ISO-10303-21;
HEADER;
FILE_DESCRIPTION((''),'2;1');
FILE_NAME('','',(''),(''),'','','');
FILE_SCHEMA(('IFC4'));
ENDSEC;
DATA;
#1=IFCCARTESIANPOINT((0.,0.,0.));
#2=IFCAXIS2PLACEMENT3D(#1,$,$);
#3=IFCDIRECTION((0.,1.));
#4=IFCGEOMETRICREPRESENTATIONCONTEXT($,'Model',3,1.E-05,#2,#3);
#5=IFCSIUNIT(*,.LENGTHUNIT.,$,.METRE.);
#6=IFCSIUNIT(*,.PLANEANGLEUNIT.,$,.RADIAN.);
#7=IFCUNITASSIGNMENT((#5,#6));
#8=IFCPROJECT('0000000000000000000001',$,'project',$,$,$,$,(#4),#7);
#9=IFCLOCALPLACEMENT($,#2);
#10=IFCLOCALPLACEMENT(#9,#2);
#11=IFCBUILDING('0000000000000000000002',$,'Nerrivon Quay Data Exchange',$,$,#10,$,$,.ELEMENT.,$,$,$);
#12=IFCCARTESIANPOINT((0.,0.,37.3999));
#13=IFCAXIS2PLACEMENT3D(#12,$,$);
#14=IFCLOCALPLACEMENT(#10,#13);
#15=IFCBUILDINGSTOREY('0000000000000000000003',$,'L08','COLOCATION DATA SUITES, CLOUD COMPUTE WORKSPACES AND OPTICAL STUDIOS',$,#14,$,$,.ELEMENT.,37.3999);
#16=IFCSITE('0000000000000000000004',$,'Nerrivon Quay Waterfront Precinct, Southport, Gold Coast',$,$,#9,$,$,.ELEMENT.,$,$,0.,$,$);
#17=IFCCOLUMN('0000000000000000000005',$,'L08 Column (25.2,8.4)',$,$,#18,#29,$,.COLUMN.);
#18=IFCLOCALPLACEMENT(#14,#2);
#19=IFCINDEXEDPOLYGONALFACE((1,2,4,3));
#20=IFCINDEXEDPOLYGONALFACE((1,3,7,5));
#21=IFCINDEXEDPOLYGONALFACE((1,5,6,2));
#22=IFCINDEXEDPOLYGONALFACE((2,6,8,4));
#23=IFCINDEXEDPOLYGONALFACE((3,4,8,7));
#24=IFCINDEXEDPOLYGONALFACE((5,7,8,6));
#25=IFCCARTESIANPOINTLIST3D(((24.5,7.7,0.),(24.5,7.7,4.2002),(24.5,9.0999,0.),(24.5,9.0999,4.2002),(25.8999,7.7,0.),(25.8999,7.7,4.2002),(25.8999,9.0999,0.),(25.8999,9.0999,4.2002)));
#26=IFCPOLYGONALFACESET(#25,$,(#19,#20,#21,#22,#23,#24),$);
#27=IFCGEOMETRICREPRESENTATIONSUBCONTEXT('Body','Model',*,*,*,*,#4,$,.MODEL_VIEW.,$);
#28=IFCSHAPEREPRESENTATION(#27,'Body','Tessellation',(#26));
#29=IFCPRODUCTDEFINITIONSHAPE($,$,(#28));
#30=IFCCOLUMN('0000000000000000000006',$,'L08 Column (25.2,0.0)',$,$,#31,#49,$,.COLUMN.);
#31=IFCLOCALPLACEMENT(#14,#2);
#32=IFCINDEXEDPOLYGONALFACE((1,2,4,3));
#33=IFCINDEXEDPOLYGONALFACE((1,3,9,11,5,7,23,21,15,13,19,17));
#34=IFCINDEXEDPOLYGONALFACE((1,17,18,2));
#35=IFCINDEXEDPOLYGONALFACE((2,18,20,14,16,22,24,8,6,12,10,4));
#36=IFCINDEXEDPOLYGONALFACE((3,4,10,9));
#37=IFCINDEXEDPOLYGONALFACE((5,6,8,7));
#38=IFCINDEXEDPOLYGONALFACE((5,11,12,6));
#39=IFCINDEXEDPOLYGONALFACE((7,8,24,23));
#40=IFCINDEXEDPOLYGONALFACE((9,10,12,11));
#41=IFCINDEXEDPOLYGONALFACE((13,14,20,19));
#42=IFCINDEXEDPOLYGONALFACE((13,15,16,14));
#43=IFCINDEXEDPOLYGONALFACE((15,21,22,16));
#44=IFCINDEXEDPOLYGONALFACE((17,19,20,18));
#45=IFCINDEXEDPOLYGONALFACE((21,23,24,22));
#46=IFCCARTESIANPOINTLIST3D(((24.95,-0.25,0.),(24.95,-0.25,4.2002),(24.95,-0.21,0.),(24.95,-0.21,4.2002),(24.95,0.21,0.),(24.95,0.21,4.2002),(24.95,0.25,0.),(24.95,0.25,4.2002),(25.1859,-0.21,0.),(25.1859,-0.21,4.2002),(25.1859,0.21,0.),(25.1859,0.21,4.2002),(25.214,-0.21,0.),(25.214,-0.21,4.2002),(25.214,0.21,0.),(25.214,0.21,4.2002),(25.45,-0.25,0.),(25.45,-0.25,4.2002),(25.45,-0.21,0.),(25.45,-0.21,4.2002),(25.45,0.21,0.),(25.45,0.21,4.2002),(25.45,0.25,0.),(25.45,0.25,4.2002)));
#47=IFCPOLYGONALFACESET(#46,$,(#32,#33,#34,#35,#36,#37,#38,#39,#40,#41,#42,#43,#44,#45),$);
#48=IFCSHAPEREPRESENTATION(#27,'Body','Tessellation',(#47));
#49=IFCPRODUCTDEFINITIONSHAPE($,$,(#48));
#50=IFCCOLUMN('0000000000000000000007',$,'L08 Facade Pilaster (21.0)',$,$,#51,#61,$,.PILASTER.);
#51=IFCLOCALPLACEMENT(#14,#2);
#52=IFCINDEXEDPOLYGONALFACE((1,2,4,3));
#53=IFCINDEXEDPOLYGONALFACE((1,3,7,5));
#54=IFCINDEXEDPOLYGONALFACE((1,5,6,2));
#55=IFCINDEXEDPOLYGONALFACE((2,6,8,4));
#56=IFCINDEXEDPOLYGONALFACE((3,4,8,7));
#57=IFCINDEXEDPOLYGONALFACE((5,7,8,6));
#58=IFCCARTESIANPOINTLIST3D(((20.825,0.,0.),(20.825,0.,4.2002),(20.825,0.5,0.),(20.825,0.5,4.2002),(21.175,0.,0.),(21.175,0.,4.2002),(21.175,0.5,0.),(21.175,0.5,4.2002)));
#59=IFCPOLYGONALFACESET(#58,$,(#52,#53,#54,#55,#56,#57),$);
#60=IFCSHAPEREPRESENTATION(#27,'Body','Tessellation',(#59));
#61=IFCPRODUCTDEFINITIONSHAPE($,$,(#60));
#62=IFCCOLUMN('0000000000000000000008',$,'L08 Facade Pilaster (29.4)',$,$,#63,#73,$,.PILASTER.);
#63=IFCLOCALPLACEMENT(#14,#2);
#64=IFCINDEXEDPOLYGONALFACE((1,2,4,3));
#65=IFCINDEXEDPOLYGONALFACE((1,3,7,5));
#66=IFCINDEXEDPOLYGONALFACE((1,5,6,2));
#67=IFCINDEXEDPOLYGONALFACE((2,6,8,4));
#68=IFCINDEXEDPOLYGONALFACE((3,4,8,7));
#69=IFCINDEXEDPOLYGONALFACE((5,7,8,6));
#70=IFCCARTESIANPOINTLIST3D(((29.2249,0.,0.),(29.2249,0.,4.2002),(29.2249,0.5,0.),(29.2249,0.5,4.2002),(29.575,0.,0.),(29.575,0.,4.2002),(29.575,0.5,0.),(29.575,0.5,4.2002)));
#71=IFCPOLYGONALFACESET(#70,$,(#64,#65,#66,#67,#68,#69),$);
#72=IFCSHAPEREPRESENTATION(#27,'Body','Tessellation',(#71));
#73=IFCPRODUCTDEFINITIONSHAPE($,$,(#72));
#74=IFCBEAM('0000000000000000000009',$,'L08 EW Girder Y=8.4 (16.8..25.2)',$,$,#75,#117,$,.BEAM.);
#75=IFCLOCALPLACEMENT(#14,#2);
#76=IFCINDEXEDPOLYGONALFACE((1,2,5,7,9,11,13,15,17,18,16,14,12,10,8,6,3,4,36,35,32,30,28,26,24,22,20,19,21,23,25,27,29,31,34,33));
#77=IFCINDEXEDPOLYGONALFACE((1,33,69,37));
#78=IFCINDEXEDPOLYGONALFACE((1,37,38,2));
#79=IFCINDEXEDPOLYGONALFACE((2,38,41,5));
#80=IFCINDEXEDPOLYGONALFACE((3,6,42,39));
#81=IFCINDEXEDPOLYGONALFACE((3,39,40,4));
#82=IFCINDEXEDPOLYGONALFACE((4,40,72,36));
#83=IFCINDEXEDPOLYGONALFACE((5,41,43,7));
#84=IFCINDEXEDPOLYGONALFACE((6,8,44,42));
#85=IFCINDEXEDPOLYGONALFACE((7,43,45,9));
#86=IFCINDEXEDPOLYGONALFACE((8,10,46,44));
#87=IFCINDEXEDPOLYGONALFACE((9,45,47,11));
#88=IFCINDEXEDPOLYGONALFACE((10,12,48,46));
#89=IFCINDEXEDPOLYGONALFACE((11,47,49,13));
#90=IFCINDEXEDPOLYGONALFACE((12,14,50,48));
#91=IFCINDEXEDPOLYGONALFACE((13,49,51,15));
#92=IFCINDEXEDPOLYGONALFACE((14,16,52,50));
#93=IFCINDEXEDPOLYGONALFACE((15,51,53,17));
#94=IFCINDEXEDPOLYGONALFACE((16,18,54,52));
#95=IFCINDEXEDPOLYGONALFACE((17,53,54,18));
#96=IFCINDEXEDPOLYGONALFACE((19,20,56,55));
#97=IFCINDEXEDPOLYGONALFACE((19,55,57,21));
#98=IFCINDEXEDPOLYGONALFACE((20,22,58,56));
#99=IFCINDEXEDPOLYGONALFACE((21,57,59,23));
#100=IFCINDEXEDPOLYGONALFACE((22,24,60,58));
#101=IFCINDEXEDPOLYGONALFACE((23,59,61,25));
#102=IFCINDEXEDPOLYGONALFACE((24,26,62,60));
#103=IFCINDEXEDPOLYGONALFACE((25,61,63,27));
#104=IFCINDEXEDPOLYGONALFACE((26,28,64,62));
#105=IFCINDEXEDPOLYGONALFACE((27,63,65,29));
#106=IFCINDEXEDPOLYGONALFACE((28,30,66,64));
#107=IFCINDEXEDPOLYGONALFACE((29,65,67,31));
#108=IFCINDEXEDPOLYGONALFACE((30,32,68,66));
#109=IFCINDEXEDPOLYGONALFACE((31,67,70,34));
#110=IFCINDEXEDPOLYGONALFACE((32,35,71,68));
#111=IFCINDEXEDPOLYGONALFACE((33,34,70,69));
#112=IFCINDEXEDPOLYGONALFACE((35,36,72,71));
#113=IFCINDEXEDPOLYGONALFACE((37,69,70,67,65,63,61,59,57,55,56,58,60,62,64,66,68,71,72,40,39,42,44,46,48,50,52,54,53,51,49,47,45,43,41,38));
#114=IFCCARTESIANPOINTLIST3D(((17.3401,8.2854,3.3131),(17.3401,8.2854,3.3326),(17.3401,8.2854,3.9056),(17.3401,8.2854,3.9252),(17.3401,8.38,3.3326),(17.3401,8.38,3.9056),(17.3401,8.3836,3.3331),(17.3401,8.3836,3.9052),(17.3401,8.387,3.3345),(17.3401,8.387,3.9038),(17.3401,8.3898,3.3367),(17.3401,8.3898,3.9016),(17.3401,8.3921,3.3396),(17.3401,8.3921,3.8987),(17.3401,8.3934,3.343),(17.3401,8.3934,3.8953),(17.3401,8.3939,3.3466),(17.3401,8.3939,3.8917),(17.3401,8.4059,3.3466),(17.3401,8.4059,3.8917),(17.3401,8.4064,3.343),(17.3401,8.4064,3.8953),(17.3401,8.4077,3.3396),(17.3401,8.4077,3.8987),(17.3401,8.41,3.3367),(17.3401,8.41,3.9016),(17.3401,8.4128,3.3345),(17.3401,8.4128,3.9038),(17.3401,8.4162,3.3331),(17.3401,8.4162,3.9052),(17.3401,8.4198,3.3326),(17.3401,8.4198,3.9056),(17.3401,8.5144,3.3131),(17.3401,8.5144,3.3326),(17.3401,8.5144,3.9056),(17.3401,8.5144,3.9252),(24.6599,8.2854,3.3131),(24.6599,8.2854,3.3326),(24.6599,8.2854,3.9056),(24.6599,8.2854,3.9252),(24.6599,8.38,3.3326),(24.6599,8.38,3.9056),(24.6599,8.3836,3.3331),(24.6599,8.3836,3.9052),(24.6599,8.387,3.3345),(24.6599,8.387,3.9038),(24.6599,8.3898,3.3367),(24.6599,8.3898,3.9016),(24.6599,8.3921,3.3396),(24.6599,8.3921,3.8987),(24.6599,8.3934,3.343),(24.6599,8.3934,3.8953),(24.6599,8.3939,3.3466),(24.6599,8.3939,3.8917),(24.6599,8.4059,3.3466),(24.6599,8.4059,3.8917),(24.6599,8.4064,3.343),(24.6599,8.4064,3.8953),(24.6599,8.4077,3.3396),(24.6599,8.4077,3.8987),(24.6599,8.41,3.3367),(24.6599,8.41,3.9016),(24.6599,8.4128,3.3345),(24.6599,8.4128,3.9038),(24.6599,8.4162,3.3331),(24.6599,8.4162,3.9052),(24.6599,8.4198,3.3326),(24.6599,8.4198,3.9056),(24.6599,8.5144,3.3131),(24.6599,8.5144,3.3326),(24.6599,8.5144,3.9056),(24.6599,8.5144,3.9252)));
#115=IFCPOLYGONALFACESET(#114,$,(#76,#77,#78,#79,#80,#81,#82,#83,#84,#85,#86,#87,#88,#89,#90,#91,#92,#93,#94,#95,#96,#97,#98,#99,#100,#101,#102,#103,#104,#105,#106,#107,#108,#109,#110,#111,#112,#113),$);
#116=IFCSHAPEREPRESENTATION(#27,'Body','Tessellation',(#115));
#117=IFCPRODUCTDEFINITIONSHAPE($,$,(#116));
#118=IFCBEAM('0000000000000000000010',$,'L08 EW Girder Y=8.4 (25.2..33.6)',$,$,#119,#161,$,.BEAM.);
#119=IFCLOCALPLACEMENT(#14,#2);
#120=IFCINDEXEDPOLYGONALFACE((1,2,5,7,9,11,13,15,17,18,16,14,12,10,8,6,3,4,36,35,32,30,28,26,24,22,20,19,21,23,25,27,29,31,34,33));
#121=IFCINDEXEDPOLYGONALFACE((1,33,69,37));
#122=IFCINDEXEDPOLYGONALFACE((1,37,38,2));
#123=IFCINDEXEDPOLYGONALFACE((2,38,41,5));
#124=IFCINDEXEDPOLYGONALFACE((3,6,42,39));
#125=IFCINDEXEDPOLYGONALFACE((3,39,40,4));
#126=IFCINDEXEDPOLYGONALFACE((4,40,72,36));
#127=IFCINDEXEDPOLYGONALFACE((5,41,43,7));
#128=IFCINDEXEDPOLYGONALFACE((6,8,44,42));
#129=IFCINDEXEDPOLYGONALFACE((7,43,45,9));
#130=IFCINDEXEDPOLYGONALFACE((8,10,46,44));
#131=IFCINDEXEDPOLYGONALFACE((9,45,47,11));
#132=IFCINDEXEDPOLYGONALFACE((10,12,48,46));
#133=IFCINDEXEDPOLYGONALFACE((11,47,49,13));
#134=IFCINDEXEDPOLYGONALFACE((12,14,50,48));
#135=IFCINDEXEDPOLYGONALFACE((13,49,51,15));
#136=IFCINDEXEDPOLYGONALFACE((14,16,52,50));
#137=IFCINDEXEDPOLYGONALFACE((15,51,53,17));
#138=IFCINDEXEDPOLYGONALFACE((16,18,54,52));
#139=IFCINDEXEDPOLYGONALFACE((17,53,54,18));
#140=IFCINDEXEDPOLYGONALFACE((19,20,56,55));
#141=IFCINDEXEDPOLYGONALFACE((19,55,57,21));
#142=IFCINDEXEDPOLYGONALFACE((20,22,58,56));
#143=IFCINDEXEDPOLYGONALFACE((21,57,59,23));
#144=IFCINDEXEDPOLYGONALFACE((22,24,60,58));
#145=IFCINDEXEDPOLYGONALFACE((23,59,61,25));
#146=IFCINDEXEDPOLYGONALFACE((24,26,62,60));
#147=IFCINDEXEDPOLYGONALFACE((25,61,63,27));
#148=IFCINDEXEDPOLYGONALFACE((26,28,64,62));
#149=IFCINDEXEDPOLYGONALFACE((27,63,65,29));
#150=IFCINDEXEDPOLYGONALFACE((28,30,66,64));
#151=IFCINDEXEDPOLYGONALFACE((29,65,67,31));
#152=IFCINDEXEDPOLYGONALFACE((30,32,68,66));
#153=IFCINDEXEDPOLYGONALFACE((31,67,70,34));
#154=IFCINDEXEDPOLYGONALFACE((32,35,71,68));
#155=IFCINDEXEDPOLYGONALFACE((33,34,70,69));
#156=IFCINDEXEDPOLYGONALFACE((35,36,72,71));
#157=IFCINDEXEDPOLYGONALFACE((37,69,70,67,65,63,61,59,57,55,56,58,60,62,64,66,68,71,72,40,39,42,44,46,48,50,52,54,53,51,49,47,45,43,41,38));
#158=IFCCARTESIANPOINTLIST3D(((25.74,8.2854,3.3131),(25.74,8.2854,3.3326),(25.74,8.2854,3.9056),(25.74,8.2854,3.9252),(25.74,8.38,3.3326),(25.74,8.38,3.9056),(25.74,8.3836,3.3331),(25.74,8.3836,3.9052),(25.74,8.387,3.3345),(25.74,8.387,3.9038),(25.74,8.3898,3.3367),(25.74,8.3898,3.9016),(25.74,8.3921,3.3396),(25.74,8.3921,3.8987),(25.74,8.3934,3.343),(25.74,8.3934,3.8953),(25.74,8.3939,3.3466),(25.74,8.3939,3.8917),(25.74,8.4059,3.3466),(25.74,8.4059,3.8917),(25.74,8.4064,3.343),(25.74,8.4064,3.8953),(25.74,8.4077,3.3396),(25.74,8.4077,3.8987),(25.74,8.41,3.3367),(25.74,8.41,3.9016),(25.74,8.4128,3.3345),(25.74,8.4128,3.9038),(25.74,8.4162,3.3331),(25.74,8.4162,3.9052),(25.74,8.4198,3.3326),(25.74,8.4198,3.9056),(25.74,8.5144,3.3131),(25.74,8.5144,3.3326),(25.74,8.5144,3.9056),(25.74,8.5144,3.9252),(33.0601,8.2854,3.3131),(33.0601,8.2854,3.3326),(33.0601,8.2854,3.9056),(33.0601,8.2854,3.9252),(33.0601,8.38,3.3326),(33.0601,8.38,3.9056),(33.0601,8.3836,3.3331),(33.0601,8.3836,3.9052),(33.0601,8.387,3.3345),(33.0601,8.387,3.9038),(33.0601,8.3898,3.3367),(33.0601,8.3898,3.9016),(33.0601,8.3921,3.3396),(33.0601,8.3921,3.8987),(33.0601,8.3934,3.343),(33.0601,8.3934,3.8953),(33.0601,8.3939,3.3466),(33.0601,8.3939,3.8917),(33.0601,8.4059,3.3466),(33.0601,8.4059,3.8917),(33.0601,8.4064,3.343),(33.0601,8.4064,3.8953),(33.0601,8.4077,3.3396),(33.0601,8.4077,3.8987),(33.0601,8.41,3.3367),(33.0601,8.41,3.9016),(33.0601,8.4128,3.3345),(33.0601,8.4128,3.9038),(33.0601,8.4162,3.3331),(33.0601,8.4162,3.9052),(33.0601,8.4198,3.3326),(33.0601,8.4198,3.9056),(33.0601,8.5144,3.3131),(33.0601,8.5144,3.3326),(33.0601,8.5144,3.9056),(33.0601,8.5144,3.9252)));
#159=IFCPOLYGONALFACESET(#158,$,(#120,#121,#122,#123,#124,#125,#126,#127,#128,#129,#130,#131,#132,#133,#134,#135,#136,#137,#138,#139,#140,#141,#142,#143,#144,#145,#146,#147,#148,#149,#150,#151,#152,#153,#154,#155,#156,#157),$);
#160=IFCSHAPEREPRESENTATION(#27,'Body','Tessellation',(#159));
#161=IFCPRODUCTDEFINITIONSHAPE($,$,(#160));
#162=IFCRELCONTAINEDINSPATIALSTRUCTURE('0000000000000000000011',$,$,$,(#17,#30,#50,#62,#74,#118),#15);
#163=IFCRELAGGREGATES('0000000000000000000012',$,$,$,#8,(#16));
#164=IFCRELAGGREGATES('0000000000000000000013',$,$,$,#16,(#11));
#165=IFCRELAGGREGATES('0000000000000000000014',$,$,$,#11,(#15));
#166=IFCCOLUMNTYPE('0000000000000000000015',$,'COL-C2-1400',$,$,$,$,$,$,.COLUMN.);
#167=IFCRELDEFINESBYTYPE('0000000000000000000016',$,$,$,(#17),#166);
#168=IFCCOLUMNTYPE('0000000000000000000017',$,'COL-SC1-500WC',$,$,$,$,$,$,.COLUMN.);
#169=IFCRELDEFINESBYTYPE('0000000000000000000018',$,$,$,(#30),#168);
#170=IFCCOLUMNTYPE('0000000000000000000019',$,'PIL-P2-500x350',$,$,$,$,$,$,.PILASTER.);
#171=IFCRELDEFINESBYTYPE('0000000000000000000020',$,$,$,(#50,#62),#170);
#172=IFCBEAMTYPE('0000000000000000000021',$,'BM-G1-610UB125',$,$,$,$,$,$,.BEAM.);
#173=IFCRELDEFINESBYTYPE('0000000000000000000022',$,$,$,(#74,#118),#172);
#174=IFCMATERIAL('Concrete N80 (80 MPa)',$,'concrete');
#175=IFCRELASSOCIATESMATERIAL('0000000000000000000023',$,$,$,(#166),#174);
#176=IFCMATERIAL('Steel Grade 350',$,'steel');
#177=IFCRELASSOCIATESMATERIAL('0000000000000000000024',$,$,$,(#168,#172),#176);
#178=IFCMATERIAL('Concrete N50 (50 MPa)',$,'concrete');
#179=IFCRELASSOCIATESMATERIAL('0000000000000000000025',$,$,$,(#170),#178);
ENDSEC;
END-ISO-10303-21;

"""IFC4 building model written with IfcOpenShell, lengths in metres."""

from ifc_helpers import new_model, si_unit, direction, frame, origin, origin_2d, place, context, subcontext, project, spatial, rectangle, i_section, extrude, material, material_profile, profile_set, type_object, element, save


model = new_model("IFC4")

# Units and contexts
model_context = context("Model", 3, precision=1e-05, world=origin(), true_north=direction((0.0, 1.0)))
body_context = subcontext(model_context, "Body", "Model", "MODEL_VIEW")
ifc_project = project(units=[si_unit("LENGTHUNIT", "METRE"), si_unit("PLANEANGLEUNIT", "RADIAN")], contexts=[model_context])

# Site, building, storey
site_placement = place(None, origin())
site = spatial("IfcSite", under=ifc_project, at=site_placement, Name="Nerrivon Quay Waterfront Precinct, Southport, Gold Coast", CompositionType="ELEMENT", RefElevation=0.0)
building_placement = place(site_placement, origin())
building = spatial("IfcBuilding", under=site, at=building_placement, Name="Nerrivon Quay Data Exchange", CompositionType="ELEMENT")
storey_placement = place(building_placement, frame((0.0, 0.0, 37.3999)))
storey = spatial("IfcBuildingStorey", under=building, at=storey_placement, Name="L08", Description="COLOCATION DATA SUITES, CLOUD COMPUTE WORKSPACES AND OPTICAL STUDIOS", CompositionType="ELEMENT", Elevation=37.3999)

# Columns
ifc_material_1 = material(Name="Concrete N80 (80 MPa)", Category="concrete")
ifc_material_profile_1 = material_profile(ifc_material_1, rectangle(XDim=1.3999, YDim=1.3999, at=origin_2d()), Name="RC-COL-1400x1400")
ifc_profile_set_1 = profile_set([ifc_material_profile_1], Name="Concrete N80 (80 MPa)")
column_type_1 = type_object("IfcColumnType", Name="COL-C2-1400", PredefinedType="COLUMN", material=ifc_profile_set_1)
column_1_placement = place(storey_placement, frame((25.2, 8.3999, 0.0), z_axis=(0.0, 0.0, 1.0), x_axis=(1.0, 0.0, 0.0)))
element("IfcColumn", 1, at=column_1_placement, inside=storey, type_object=column_type_1, Name="L08 Column (25.2,8.4)", PredefinedType="COLUMN", context=body_context, shape_type="SweptSolid", body=[
    extrude(rectangle(XDim=1.3999, YDim=1.3999, at=origin_2d()), origin(), (0.0, 0.0, 1.0), 4.2002),
])
ifc_material_2 = material(Name="Steel Grade 350", Category="steel")
ifc_material_profile_2 = material_profile(ifc_material_2, i_section(OverallWidth=0.5, OverallDepth=0.5, WebThickness=0.0281, FlangeThickness=0.04, at=origin_2d()), Name="500WC440")
ifc_profile_set_2 = profile_set([ifc_material_profile_2], Name="Steel Grade 350")
column_type_2 = type_object("IfcColumnType", Name="COL-SC1-500WC", PredefinedType="COLUMN", material=ifc_profile_set_2)
column_2_placement = place(storey_placement, frame((25.2, 0.0, 0.0), z_axis=(0.0, 0.0, 1.0), x_axis=(1.0, 0.0, 0.0)))
element("IfcColumn", 2, at=column_2_placement, inside=storey, type_object=column_type_2, Name="L08 Column (25.2,0.0)", PredefinedType="COLUMN", context=body_context, shape_type="SweptSolid", body=[
    extrude(i_section(OverallWidth=0.5, OverallDepth=0.5, WebThickness=0.0281, FlangeThickness=0.04, at=origin_2d()), origin(), (0.0, 0.0, 1.0), 4.2002),
])
ifc_material_3 = material(Name="Concrete N50 (50 MPa)", Category="concrete")
ifc_material_profile_3 = material_profile(ifc_material_3, rectangle(XDim=0.3501, YDim=0.5, at=origin_2d()), Name="RC-PIL-500x350")
ifc_profile_set_3 = profile_set([ifc_material_profile_3], Name="Concrete N50 (50 MPa)")
column_type_3 = type_object("IfcColumnType", Name="PIL-P2-500x350", PredefinedType="PILASTER", material=ifc_profile_set_3)
for number, where, z_axis, x_axis, name in (
    (3, (21.0, 0.25, 0.0), (0.0, 0.0, 1.0), (1.0, 0.0, 0.0), "L08 Facade Pilaster (21.0)"),
    (4, (29.3999, 0.25, 0.0), (0.0, 0.0, 1.0), (1.0, 0.0, 0.0), "L08 Facade Pilaster (29.4)"),
):
    element("IfcColumn", number, at=place(storey_placement, frame(where, z_axis=z_axis, x_axis=x_axis)), inside=storey, type_object=column_type_3, Name=name, PredefinedType="PILASTER", context=body_context, shape_type="SweptSolid", body=[
        extrude(rectangle(XDim=0.3501, YDim=0.5, at=origin_2d()), origin(), (0.0, 0.0, 1.0), 4.2002),
    ])

# Beams
ifc_material_profile_4 = material_profile(ifc_material_2, i_section(OverallWidth=0.229, OverallDepth=0.6121, WebThickness=0.012, FlangeThickness=0.0195, FilletRadius=0.0139, at=origin_2d()), Name="610UB125")
ifc_profile_set_4 = profile_set([ifc_material_profile_4], Name="Steel Grade 350")
beam_type_1 = type_object("IfcBeamType", Name="BM-G1-610UB125", PredefinedType="BEAM", material=ifc_profile_set_4)
beam_1_placement = place(storey_placement, frame((17.3401, 8.3999, 3.6191), z_axis=(1.0, 0.0, 0.0), x_axis=(0.0, 1.0, 0.0)))
element("IfcBeam", 5, at=beam_1_placement, inside=storey, type_object=beam_type_1, Name="L08 EW Girder Y=8.4 (16.8..25.2)", PredefinedType="BEAM", context=body_context, shape_type="SweptSolid", body=[
    extrude(i_section(OverallWidth=0.229, OverallDepth=0.6121, WebThickness=0.012, FlangeThickness=0.0195, FilletRadius=0.0139, at=origin_2d()), origin(), (0.0, 0.0, 1.0), 7.3198),
])
beam_2_placement = place(storey_placement, frame((25.74, 8.3999, 3.6191), z_axis=(1.0, 0.0, 0.0), x_axis=(0.0, 1.0, 0.0)))
element("IfcBeam", 6, at=beam_2_placement, inside=storey, type_object=beam_type_1, Name="L08 EW Girder Y=8.4 (25.2..33.6)", PredefinedType="BEAM", context=body_context, shape_type="SweptSolid", body=[
    extrude(i_section(OverallWidth=0.229, OverallDepth=0.6121, WebThickness=0.012, FlangeThickness=0.0195, FilletRadius=0.0139, at=origin_2d()), origin(), (0.0, 0.0, 1.0), 7.3201),
])

save(model, "model.ifc")
